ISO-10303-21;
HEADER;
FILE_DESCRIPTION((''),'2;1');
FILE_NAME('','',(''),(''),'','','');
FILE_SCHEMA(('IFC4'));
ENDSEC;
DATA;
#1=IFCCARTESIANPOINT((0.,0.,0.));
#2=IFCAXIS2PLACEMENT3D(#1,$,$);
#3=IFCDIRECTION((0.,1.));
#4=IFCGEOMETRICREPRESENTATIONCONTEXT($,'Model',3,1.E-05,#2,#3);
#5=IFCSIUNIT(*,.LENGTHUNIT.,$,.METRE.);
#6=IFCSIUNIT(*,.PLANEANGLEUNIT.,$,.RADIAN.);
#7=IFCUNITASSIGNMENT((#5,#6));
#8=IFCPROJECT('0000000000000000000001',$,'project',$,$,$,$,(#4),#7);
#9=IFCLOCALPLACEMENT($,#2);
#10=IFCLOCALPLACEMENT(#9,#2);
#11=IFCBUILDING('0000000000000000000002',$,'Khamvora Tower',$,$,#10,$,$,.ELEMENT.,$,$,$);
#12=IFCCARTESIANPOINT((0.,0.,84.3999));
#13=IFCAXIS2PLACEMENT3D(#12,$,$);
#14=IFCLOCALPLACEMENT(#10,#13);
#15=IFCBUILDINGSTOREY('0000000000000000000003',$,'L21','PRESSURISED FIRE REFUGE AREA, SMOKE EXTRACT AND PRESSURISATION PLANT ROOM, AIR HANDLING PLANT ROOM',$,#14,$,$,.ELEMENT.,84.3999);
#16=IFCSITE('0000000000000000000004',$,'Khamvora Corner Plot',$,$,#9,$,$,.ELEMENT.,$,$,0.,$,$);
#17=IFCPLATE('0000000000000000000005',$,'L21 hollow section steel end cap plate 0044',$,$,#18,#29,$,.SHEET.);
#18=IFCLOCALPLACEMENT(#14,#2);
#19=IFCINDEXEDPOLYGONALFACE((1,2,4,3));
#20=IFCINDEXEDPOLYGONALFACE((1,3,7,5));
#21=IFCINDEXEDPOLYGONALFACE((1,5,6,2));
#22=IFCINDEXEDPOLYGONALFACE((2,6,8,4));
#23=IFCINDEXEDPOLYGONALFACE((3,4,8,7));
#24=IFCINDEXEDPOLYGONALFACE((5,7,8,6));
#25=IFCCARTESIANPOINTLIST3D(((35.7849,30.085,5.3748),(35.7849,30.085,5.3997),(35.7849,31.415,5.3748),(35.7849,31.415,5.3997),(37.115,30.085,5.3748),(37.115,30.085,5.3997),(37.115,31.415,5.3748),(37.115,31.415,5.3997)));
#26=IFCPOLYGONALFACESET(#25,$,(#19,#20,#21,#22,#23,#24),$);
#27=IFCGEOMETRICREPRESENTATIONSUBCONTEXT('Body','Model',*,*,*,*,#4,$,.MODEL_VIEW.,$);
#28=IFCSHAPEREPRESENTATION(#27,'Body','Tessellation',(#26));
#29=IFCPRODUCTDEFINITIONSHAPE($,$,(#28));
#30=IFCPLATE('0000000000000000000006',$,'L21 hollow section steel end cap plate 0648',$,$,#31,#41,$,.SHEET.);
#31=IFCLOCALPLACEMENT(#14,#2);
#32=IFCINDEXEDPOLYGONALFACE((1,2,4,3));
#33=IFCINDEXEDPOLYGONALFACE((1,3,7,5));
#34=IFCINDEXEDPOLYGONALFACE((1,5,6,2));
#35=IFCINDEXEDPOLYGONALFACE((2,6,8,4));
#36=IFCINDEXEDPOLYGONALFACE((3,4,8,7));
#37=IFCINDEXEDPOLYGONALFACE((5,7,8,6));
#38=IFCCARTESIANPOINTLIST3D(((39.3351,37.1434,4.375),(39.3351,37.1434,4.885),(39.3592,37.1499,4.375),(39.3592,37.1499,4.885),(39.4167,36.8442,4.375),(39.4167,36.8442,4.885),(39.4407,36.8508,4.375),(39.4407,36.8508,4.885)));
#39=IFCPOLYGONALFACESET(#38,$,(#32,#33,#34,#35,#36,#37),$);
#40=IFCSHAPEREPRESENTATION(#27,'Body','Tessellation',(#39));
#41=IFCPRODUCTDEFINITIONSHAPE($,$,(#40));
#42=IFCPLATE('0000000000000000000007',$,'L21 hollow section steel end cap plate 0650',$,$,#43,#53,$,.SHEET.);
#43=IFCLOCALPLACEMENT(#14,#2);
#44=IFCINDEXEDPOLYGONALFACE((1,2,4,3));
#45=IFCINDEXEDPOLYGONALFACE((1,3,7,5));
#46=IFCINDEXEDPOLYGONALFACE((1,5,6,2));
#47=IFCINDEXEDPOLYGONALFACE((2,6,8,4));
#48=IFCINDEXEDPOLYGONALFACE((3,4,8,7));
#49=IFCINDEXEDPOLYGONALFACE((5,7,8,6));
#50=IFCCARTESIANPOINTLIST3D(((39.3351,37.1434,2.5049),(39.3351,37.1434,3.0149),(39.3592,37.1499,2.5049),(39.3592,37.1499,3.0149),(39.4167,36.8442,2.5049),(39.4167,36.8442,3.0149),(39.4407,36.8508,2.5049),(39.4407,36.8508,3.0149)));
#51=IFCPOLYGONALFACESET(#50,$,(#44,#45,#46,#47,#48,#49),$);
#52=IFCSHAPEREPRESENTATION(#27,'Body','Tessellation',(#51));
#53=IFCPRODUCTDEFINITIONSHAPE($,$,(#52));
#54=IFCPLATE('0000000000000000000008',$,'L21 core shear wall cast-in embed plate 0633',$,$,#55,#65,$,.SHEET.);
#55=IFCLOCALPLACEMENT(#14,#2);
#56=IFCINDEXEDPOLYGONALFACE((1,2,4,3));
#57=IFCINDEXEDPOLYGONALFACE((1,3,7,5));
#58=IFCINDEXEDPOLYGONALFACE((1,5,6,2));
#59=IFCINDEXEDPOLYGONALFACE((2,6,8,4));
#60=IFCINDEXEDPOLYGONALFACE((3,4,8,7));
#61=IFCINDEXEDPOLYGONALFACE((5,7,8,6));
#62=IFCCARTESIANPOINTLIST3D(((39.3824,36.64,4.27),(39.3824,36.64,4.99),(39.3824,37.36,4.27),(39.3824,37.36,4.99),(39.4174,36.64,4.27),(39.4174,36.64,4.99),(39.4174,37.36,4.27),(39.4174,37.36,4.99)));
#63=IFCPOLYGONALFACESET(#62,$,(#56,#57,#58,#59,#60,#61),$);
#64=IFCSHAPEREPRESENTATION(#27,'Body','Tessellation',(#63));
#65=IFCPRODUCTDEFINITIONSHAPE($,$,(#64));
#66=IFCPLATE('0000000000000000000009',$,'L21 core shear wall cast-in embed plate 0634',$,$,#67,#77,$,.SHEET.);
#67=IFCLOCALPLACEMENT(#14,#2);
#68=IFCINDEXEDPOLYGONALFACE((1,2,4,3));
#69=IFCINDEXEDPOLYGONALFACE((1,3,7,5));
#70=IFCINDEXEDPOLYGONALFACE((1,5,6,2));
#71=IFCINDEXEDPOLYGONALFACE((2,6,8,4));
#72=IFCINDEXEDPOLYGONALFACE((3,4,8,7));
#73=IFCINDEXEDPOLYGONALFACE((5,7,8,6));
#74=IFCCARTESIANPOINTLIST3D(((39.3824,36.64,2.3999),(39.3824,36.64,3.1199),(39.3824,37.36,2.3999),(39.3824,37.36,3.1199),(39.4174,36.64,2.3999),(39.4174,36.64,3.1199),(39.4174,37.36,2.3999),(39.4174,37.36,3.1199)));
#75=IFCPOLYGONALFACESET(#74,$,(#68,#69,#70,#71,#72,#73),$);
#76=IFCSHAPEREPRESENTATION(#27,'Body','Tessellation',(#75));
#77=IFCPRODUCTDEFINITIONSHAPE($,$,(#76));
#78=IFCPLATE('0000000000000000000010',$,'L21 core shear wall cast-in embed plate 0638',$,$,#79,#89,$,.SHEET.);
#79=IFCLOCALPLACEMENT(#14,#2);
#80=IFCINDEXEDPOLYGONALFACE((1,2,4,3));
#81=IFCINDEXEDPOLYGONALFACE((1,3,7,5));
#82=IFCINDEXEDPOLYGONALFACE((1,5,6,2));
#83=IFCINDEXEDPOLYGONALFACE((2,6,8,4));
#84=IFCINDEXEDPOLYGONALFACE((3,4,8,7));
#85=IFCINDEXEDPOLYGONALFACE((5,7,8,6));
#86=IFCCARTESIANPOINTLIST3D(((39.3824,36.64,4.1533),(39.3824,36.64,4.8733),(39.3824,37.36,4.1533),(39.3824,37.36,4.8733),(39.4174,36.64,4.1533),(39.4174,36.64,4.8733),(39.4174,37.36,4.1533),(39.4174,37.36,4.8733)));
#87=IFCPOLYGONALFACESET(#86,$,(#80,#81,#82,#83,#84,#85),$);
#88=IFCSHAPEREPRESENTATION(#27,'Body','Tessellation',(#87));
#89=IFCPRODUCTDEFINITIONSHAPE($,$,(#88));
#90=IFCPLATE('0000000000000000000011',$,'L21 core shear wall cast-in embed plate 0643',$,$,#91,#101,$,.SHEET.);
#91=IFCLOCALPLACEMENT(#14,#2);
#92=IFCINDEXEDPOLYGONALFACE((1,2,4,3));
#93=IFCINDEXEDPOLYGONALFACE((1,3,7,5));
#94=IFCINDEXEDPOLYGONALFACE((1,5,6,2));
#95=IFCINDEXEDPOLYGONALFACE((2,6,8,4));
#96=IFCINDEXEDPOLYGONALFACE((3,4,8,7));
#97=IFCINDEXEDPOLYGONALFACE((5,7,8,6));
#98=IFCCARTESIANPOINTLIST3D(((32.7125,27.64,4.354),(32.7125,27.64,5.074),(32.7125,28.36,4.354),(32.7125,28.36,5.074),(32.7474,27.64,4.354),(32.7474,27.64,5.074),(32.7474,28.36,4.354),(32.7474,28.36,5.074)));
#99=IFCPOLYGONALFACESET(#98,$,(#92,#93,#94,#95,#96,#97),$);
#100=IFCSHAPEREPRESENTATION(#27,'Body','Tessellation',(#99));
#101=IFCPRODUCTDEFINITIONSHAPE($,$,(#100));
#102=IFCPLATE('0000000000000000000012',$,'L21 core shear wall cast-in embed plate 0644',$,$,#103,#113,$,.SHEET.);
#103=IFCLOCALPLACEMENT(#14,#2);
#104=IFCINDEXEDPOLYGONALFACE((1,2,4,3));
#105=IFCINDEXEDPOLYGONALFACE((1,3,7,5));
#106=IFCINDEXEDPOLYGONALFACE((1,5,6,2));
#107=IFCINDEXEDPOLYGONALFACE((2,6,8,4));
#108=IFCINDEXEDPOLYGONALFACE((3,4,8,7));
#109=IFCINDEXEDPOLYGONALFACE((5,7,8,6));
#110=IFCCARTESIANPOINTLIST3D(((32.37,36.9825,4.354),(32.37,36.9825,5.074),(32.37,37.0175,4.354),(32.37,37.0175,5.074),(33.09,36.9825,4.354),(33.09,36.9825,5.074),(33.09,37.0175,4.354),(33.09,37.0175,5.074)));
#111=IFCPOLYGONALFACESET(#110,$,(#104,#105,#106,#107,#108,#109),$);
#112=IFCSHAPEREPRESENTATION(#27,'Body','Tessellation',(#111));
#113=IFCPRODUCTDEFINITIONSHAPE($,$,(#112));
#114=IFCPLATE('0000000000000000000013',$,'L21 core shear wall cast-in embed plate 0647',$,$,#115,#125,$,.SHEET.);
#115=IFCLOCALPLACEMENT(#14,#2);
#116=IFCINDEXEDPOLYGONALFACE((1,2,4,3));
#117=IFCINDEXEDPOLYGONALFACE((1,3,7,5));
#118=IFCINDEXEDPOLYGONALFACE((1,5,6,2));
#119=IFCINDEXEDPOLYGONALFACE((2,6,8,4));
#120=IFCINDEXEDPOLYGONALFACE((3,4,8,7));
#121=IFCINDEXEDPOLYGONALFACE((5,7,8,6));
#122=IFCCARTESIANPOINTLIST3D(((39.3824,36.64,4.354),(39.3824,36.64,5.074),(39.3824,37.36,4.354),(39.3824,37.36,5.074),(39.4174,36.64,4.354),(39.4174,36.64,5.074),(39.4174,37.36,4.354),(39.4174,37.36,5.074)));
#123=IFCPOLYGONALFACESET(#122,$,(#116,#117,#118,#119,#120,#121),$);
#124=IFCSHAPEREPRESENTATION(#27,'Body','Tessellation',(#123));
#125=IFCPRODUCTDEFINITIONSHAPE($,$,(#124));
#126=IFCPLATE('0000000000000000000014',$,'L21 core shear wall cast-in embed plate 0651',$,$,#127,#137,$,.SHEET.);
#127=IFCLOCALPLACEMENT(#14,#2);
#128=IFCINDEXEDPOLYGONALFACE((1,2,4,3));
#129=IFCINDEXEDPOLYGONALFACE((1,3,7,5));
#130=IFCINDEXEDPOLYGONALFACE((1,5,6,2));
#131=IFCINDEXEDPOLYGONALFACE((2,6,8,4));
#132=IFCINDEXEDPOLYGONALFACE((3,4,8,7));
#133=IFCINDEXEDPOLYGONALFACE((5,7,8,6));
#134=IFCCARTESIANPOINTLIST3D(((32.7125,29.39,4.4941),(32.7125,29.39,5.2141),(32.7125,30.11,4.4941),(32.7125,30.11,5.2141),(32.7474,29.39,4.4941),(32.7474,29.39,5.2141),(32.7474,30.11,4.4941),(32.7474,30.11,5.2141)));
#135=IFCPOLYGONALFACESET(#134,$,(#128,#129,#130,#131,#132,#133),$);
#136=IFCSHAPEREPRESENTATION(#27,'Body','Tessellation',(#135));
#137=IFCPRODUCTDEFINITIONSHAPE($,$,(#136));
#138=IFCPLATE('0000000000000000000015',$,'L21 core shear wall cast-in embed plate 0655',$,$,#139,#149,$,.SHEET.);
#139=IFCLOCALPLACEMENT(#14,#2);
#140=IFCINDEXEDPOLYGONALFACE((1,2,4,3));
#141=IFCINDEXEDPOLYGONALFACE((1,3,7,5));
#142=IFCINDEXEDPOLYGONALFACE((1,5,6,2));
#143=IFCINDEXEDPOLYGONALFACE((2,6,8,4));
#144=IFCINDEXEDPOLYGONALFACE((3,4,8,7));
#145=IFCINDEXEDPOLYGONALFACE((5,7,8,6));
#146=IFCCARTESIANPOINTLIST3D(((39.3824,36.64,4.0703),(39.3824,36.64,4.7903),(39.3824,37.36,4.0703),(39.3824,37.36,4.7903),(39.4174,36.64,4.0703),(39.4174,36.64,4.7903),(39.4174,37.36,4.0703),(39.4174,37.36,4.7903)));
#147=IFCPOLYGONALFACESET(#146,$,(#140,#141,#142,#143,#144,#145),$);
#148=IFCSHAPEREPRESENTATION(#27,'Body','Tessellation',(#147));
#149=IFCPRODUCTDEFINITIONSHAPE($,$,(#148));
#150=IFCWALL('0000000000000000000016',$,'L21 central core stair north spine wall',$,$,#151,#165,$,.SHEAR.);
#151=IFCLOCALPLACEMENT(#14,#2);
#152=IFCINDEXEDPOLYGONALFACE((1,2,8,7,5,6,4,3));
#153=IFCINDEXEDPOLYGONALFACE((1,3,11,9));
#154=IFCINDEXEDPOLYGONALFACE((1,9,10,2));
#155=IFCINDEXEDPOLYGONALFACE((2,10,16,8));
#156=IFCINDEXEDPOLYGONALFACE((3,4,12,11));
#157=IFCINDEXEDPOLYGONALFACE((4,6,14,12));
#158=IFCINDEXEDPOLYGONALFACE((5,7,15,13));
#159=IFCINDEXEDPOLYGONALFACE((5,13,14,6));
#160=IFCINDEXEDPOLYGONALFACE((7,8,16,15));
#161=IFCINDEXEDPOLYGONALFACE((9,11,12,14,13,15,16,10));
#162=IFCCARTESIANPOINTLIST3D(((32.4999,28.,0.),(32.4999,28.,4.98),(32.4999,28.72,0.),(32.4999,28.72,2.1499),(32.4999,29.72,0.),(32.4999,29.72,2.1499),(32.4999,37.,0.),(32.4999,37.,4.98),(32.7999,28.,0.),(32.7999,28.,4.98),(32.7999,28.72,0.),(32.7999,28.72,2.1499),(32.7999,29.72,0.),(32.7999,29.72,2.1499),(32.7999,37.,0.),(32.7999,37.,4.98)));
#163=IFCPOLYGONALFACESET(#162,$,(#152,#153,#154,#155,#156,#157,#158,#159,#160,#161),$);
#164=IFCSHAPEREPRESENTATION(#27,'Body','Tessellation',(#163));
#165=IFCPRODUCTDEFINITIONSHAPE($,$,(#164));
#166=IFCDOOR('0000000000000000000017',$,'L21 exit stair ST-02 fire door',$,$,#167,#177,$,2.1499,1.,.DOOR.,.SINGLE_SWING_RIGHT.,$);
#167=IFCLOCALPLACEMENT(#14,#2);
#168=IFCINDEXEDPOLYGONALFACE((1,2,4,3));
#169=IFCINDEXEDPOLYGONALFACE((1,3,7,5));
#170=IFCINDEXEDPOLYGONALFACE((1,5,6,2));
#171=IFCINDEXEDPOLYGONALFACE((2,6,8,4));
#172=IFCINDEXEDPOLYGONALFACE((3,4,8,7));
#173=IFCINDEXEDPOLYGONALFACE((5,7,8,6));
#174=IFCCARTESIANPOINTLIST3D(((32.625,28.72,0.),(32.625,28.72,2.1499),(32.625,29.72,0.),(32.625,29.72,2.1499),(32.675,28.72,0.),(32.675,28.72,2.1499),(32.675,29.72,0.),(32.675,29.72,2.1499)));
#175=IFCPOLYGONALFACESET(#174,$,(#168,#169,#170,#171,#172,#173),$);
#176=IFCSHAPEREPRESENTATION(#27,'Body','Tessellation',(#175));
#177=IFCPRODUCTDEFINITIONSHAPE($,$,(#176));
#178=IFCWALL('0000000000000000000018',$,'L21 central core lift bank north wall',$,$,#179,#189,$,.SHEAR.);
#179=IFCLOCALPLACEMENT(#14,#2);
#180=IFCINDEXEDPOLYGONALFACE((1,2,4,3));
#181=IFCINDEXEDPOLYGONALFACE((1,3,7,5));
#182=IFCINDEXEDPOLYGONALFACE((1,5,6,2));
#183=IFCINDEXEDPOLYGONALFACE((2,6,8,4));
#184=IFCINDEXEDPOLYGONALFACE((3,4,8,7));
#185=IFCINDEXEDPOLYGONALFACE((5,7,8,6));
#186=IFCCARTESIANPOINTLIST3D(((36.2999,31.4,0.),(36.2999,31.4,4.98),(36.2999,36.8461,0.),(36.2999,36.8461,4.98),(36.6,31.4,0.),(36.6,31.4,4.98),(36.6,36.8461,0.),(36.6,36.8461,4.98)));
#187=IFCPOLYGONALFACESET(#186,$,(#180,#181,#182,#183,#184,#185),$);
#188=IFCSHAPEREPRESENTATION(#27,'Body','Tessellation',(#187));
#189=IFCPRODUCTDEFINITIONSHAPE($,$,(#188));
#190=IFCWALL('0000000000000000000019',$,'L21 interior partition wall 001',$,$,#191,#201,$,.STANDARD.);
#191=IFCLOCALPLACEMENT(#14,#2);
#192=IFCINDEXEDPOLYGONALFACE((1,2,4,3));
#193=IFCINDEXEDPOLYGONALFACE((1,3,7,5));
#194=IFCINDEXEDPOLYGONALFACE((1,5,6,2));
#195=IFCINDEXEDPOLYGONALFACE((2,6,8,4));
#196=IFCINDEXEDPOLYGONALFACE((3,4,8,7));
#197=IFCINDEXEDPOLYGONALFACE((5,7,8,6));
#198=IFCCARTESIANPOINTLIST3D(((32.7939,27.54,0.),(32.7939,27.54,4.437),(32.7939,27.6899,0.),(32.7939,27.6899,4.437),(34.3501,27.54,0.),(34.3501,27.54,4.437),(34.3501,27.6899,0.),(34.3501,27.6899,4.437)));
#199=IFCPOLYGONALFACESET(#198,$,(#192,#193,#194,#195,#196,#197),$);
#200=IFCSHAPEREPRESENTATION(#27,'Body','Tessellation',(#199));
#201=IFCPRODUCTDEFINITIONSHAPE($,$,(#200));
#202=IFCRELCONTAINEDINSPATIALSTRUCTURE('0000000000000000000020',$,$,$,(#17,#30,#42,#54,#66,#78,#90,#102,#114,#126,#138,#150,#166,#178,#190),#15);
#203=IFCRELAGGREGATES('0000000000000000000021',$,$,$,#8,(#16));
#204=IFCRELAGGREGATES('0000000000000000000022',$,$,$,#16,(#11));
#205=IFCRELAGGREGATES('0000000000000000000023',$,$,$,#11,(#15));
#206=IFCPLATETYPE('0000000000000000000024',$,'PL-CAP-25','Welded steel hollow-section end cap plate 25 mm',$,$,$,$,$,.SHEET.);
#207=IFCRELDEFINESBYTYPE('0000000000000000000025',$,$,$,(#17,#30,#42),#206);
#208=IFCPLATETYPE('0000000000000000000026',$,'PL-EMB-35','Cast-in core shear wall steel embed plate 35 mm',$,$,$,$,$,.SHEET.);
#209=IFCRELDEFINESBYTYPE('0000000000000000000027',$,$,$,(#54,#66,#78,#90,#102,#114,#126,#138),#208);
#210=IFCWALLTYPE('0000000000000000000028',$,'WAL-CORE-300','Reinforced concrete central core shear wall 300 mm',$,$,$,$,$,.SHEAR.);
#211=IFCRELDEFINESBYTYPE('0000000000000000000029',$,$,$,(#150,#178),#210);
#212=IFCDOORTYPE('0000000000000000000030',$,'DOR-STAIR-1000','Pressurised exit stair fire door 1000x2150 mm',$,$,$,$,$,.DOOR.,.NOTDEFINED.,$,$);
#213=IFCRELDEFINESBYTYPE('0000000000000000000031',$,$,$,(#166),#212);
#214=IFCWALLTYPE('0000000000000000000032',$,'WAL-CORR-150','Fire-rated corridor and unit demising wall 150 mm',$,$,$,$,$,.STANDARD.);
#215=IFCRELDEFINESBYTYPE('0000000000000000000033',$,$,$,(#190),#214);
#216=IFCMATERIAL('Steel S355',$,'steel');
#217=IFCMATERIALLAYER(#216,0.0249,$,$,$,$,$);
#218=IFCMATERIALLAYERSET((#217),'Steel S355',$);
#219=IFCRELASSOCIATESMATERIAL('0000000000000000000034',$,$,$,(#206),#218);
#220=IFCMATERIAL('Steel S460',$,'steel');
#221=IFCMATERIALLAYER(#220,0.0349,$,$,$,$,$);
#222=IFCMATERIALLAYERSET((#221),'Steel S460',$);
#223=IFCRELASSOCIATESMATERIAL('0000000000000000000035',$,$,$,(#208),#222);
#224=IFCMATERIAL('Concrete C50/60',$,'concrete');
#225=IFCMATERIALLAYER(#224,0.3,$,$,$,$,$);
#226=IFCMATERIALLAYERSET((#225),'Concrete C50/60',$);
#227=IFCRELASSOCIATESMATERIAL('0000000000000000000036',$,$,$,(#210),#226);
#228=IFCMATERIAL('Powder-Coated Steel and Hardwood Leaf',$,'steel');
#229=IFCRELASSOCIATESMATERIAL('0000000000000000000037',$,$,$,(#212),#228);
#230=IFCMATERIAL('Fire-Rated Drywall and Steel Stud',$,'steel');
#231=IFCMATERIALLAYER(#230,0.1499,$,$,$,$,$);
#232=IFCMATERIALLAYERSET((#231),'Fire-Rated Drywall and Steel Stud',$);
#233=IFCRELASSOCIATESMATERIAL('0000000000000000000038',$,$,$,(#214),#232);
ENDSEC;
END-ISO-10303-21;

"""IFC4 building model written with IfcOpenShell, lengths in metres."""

from ifc_helpers import new_model, si_unit, direction, frame, frame_2d, origin, origin_2d, place, context, subcontext, project, spatial, rectangle, extrude, material, layer, layer_set, type_object, element, fill, save


model = new_model("IFC4")

# Units and contexts
model_context = context("Model", 3, precision=1e-05, world=origin(), true_north=direction((0.0, 1.0)))
body_context = subcontext(model_context, "Body", "Model", "MODEL_VIEW")
ifc_project = project(units=[si_unit("LENGTHUNIT", "METRE"), si_unit("PLANEANGLEUNIT", "RADIAN")], contexts=[model_context])

# Site, building, storey
site_placement = place(None, origin())
site = spatial("IfcSite", under=ifc_project, at=site_placement, Name="Khamvora Corner Plot", CompositionType="ELEMENT", RefElevation=0.0)
building_placement = place(site_placement, origin())
building = spatial("IfcBuilding", under=site, at=building_placement, Name="Khamvora Tower", CompositionType="ELEMENT")
storey_placement = place(building_placement, frame((0.0, 0.0, 84.3999)))
storey = spatial("IfcBuildingStorey", under=building, at=storey_placement, Name="L21", Description="PRESSURISED FIRE REFUGE AREA, SMOKE EXTRACT AND PRESSURISATION PLANT ROOM, AIR HANDLING PLANT ROOM", CompositionType="ELEMENT", Elevation=84.3999)

# Shared definitions
ifc_material_1 = material(Name="Steel S460", Category="steel")

# Shared definitions
ifc_material_2 = material(Name="Steel S355", Category="steel")

# Plates
ifc_layer_1 = layer(ifc_material_2, 0.0249)
ifc_layer_set_1 = layer_set([ifc_layer_1], Name="Steel S355")
plate_type_1 = type_object("IfcPlateType", Name="PL-CAP-25", Description="Welded steel hollow-section end cap plate 25 mm", PredefinedType="SHEET", material=ifc_layer_set_1)
plate_1_placement = place(storey_placement, frame((36.45, 30.75, 5.3748), z_axis=(0.0, 0.0, 1.0), x_axis=(1.0, 0.0, 0.0)))
element("IfcPlate", 1, at=plate_1_placement, inside=storey, type_object=plate_type_1, Name="L21 hollow section steel end cap plate 0044", PredefinedType="SHEET", context=body_context, shape_type="SweptSolid", body=[
    extrude(rectangle(XDim=1.3301, YDim=1.3301, at=origin_2d()), origin(), (0.0, 0.0, 1.0), 0.0249),
])
for number, where, z_axis, x_axis, name in (
    (2, (39.3879, 36.9971, 4.375), (0.0, 0.0, 1.0), (0.964764, 0.263115, 0.0), "L21 hollow section steel end cap plate 0648"),
    (3, (39.3879, 36.9971, 2.5049), (0.0, 0.0, 1.0), (0.964764, 0.263115, 0.0), "L21 hollow section steel end cap plate 0650"),
):
    element("IfcPlate", number, at=place(storey_placement, frame(where, z_axis=z_axis, x_axis=x_axis)), inside=storey, type_object=plate_type_1, Name=name, PredefinedType="SHEET", context=body_context, shape_type="SweptSolid", body=[
        extrude(rectangle(XDim=0.0249, YDim=0.3101, at=origin_2d()), origin(), (0.0, 0.0, 1.0), 0.51),
    ])
ifc_layer_2 = layer(ifc_material_1, 0.0349)
ifc_layer_set_2 = layer_set([ifc_layer_2], Name="Steel S460")
plate_type_2 = type_object("IfcPlateType", Name="PL-EMB-35", Description="Cast-in core shear wall steel embed plate 35 mm", PredefinedType="SHEET", material=ifc_layer_set_2)
for number, where, z_axis, x_axis, name in (
    (4, (39.3999, 37.0, 4.27), (0.0, 0.0, 1.0), (1.0, 0.0, 0.0), "L21 core shear wall cast-in embed plate 0633"),
    (5, (39.3999, 37.0, 2.3999), (0.0, 0.0, 1.0), (1.0, 0.0, 0.0), "L21 core shear wall cast-in embed plate 0634"),
    (6, (39.3999, 37.0, 4.1533), (0.0, 0.0, 1.0), (1.0, 0.0, 0.0), "L21 core shear wall cast-in embed plate 0638"),
    (7, (32.73, 28.0, 4.354), (0.0, 0.0, 1.0), (1.0, 0.0, 0.0), "L21 core shear wall cast-in embed plate 0643"),
):
    element("IfcPlate", number, at=place(storey_placement, frame(where, z_axis=z_axis, x_axis=x_axis)), inside=storey, type_object=plate_type_2, Name=name, PredefinedType="SHEET", context=body_context, shape_type="SweptSolid", body=[
        extrude(rectangle(XDim=0.0349, YDim=0.72, at=origin_2d()), origin(), (0.0, 0.0, 1.0), 0.72),
    ])
plate_2_placement = place(storey_placement, frame((32.73, 37.0, 4.354), z_axis=(0.0, 0.0, 1.0), x_axis=(1.0, 0.0, 0.0)))
element("IfcPlate", 8, at=plate_2_placement, inside=storey, type_object=plate_type_2, Name="L21 core shear wall cast-in embed plate 0644", PredefinedType="SHEET", context=body_context, shape_type="SweptSolid", body=[
    extrude(rectangle(XDim=0.72, YDim=0.0349, at=origin_2d()), origin(), (0.0, 0.0, 1.0), 0.72),
])
for number, where, z_axis, x_axis, name in (
    (9, (39.3999, 37.0, 4.354), (0.0, 0.0, 1.0), (1.0, 0.0, 0.0), "L21 core shear wall cast-in embed plate 0647"),
    (10, (32.73, 29.75, 4.4941), (0.0, 0.0, 1.0), (1.0, 0.0, 0.0), "L21 core shear wall cast-in embed plate 0651"),
    (11, (39.3999, 37.0, 4.0703), (0.0, 0.0, 1.0), (1.0, 0.0, 0.0), "L21 core shear wall cast-in embed plate 0655"),
):
    element("IfcPlate", number, at=place(storey_placement, frame(where, z_axis=z_axis, x_axis=x_axis)), inside=storey, type_object=plate_type_2, Name=name, PredefinedType="SHEET", context=body_context, shape_type="SweptSolid", body=[
        extrude(rectangle(XDim=0.0349, YDim=0.72, at=origin_2d()), origin(), (0.0, 0.0, 1.0), 0.72),
    ])

# Wall, opening, door
ifc_material_3 = material(Name="Concrete C50/60", Category="concrete")
ifc_layer_3 = layer(ifc_material_3, 0.3)
ifc_layer_set_3 = layer_set([ifc_layer_3], Name="Concrete C50/60")
wall_type_1 = type_object("IfcWallType", Name="WAL-CORE-300", Description="Reinforced concrete central core shear wall 300 mm", PredefinedType="SHEAR", material=ifc_layer_set_3)
wall_1_placement = place(storey_placement, frame((32.6499, 28.0, 0.0), z_axis=(0.0, 0.0, 1.0), x_axis=(0.0, 1.0, 0.0)))
wall_1 = element("IfcWall", 12, at=wall_1_placement, inside=storey, type_object=wall_type_1, Name="L21 central core stair north spine wall", PredefinedType="SHEAR", context=body_context, shape_type="SweptSolid", body=[
    extrude(rectangle(XDim=9.0, YDim=0.3, at=frame_2d((4.5, 0.0))), origin(), (0.0, 0.0, 1.0), 4.98),
])
opening_1_placement = place(wall_1_placement, frame((0.72, 0.0, 0.0)))
opening_1 = element("IfcOpeningElement", 13, at=opening_1_placement, cuts=wall_1, PredefinedType="OPENING", context=body_context, shape_type="SweptSolid", body=[
    extrude(rectangle(XDim=1.0, YDim=2.1499, at=frame_2d((0.5, 1.075))), frame((0.0, 0.1599, 0.0), z_axis=(0.0, -1.0, 0.0), x_axis=(1.0, 0.0, 0.0)), (0.0, 0.0, 1.0), 0.3201),
])
ifc_material_4 = material(Name="Powder-Coated Steel and Hardwood Leaf", Category="steel")
door_type_1 = type_object("IfcDoorType", Name="DOR-STAIR-1000", Description="Pressurised exit stair fire door 1000x2150 mm", OperationType="NOTDEFINED", PredefinedType="DOOR", material=ifc_material_4)
door_1_placement = place(opening_1_placement, origin())
door_1 = element("IfcDoor", 14, at=door_1_placement, inside=storey, type_object=door_type_1, Name="L21 exit stair ST-02 fire door", OperationType="SINGLE_SWING_RIGHT", OverallHeight=2.1499, OverallWidth=1.0, PredefinedType="DOOR", context=body_context, shape_type="SweptSolid", body=[
    extrude(rectangle(XDim=1.0, YDim=2.1499, at=frame_2d((0.5, 1.075))), frame((0.0, 0.0249, 0.0), z_axis=(0.0, -1.0, 0.0), x_axis=(1.0, 0.0, 0.0)), (0.0, 0.0, 1.0), 0.05),
])
fill(opening_1, door_1)

# Walls
wall_2_placement = place(storey_placement, frame((36.45, 31.3999, 0.0), z_axis=(0.0, 0.0, 1.0), x_axis=(0.0, 1.0, 0.0)))
element("IfcWall", 15, at=wall_2_placement, inside=storey, type_object=wall_type_1, Name="L21 central core lift bank north wall", PredefinedType="SHEAR", context=body_context, shape_type="SweptSolid", body=[
    extrude(rectangle(XDim=5.446, YDim=0.3, at=frame_2d((2.7231, 0.0))), origin(), (0.0, 0.0, 1.0), 4.98),
])
ifc_material_5 = material(Name="Fire-Rated Drywall and Steel Stud", Category="steel")
ifc_layer_4 = layer(ifc_material_5, 0.1499)
ifc_layer_set_4 = layer_set([ifc_layer_4], Name="Fire-Rated Drywall and Steel Stud")
wall_type_2 = type_object("IfcWallType", Name="WAL-CORR-150", Description="Fire-rated corridor and unit demising wall 150 mm", PredefinedType="STANDARD", material=ifc_layer_set_4)
wall_3_placement = place(storey_placement, frame((32.7939, 27.615, 0.0), z_axis=(0.0, 0.0, 1.0), x_axis=(1.0, 0.0, 0.0)))
element("IfcWall", 16, at=wall_3_placement, inside=storey, type_object=wall_type_2, Name="L21 interior partition wall 001", PredefinedType="STANDARD", context=body_context, shape_type="SweptSolid", body=[
    extrude(rectangle(XDim=1.5562, YDim=0.1499, at=frame_2d((0.7781, 0.0))), origin(), (0.0, 0.0, 1.0), 4.437),
])

save(model, "model.ifc")
